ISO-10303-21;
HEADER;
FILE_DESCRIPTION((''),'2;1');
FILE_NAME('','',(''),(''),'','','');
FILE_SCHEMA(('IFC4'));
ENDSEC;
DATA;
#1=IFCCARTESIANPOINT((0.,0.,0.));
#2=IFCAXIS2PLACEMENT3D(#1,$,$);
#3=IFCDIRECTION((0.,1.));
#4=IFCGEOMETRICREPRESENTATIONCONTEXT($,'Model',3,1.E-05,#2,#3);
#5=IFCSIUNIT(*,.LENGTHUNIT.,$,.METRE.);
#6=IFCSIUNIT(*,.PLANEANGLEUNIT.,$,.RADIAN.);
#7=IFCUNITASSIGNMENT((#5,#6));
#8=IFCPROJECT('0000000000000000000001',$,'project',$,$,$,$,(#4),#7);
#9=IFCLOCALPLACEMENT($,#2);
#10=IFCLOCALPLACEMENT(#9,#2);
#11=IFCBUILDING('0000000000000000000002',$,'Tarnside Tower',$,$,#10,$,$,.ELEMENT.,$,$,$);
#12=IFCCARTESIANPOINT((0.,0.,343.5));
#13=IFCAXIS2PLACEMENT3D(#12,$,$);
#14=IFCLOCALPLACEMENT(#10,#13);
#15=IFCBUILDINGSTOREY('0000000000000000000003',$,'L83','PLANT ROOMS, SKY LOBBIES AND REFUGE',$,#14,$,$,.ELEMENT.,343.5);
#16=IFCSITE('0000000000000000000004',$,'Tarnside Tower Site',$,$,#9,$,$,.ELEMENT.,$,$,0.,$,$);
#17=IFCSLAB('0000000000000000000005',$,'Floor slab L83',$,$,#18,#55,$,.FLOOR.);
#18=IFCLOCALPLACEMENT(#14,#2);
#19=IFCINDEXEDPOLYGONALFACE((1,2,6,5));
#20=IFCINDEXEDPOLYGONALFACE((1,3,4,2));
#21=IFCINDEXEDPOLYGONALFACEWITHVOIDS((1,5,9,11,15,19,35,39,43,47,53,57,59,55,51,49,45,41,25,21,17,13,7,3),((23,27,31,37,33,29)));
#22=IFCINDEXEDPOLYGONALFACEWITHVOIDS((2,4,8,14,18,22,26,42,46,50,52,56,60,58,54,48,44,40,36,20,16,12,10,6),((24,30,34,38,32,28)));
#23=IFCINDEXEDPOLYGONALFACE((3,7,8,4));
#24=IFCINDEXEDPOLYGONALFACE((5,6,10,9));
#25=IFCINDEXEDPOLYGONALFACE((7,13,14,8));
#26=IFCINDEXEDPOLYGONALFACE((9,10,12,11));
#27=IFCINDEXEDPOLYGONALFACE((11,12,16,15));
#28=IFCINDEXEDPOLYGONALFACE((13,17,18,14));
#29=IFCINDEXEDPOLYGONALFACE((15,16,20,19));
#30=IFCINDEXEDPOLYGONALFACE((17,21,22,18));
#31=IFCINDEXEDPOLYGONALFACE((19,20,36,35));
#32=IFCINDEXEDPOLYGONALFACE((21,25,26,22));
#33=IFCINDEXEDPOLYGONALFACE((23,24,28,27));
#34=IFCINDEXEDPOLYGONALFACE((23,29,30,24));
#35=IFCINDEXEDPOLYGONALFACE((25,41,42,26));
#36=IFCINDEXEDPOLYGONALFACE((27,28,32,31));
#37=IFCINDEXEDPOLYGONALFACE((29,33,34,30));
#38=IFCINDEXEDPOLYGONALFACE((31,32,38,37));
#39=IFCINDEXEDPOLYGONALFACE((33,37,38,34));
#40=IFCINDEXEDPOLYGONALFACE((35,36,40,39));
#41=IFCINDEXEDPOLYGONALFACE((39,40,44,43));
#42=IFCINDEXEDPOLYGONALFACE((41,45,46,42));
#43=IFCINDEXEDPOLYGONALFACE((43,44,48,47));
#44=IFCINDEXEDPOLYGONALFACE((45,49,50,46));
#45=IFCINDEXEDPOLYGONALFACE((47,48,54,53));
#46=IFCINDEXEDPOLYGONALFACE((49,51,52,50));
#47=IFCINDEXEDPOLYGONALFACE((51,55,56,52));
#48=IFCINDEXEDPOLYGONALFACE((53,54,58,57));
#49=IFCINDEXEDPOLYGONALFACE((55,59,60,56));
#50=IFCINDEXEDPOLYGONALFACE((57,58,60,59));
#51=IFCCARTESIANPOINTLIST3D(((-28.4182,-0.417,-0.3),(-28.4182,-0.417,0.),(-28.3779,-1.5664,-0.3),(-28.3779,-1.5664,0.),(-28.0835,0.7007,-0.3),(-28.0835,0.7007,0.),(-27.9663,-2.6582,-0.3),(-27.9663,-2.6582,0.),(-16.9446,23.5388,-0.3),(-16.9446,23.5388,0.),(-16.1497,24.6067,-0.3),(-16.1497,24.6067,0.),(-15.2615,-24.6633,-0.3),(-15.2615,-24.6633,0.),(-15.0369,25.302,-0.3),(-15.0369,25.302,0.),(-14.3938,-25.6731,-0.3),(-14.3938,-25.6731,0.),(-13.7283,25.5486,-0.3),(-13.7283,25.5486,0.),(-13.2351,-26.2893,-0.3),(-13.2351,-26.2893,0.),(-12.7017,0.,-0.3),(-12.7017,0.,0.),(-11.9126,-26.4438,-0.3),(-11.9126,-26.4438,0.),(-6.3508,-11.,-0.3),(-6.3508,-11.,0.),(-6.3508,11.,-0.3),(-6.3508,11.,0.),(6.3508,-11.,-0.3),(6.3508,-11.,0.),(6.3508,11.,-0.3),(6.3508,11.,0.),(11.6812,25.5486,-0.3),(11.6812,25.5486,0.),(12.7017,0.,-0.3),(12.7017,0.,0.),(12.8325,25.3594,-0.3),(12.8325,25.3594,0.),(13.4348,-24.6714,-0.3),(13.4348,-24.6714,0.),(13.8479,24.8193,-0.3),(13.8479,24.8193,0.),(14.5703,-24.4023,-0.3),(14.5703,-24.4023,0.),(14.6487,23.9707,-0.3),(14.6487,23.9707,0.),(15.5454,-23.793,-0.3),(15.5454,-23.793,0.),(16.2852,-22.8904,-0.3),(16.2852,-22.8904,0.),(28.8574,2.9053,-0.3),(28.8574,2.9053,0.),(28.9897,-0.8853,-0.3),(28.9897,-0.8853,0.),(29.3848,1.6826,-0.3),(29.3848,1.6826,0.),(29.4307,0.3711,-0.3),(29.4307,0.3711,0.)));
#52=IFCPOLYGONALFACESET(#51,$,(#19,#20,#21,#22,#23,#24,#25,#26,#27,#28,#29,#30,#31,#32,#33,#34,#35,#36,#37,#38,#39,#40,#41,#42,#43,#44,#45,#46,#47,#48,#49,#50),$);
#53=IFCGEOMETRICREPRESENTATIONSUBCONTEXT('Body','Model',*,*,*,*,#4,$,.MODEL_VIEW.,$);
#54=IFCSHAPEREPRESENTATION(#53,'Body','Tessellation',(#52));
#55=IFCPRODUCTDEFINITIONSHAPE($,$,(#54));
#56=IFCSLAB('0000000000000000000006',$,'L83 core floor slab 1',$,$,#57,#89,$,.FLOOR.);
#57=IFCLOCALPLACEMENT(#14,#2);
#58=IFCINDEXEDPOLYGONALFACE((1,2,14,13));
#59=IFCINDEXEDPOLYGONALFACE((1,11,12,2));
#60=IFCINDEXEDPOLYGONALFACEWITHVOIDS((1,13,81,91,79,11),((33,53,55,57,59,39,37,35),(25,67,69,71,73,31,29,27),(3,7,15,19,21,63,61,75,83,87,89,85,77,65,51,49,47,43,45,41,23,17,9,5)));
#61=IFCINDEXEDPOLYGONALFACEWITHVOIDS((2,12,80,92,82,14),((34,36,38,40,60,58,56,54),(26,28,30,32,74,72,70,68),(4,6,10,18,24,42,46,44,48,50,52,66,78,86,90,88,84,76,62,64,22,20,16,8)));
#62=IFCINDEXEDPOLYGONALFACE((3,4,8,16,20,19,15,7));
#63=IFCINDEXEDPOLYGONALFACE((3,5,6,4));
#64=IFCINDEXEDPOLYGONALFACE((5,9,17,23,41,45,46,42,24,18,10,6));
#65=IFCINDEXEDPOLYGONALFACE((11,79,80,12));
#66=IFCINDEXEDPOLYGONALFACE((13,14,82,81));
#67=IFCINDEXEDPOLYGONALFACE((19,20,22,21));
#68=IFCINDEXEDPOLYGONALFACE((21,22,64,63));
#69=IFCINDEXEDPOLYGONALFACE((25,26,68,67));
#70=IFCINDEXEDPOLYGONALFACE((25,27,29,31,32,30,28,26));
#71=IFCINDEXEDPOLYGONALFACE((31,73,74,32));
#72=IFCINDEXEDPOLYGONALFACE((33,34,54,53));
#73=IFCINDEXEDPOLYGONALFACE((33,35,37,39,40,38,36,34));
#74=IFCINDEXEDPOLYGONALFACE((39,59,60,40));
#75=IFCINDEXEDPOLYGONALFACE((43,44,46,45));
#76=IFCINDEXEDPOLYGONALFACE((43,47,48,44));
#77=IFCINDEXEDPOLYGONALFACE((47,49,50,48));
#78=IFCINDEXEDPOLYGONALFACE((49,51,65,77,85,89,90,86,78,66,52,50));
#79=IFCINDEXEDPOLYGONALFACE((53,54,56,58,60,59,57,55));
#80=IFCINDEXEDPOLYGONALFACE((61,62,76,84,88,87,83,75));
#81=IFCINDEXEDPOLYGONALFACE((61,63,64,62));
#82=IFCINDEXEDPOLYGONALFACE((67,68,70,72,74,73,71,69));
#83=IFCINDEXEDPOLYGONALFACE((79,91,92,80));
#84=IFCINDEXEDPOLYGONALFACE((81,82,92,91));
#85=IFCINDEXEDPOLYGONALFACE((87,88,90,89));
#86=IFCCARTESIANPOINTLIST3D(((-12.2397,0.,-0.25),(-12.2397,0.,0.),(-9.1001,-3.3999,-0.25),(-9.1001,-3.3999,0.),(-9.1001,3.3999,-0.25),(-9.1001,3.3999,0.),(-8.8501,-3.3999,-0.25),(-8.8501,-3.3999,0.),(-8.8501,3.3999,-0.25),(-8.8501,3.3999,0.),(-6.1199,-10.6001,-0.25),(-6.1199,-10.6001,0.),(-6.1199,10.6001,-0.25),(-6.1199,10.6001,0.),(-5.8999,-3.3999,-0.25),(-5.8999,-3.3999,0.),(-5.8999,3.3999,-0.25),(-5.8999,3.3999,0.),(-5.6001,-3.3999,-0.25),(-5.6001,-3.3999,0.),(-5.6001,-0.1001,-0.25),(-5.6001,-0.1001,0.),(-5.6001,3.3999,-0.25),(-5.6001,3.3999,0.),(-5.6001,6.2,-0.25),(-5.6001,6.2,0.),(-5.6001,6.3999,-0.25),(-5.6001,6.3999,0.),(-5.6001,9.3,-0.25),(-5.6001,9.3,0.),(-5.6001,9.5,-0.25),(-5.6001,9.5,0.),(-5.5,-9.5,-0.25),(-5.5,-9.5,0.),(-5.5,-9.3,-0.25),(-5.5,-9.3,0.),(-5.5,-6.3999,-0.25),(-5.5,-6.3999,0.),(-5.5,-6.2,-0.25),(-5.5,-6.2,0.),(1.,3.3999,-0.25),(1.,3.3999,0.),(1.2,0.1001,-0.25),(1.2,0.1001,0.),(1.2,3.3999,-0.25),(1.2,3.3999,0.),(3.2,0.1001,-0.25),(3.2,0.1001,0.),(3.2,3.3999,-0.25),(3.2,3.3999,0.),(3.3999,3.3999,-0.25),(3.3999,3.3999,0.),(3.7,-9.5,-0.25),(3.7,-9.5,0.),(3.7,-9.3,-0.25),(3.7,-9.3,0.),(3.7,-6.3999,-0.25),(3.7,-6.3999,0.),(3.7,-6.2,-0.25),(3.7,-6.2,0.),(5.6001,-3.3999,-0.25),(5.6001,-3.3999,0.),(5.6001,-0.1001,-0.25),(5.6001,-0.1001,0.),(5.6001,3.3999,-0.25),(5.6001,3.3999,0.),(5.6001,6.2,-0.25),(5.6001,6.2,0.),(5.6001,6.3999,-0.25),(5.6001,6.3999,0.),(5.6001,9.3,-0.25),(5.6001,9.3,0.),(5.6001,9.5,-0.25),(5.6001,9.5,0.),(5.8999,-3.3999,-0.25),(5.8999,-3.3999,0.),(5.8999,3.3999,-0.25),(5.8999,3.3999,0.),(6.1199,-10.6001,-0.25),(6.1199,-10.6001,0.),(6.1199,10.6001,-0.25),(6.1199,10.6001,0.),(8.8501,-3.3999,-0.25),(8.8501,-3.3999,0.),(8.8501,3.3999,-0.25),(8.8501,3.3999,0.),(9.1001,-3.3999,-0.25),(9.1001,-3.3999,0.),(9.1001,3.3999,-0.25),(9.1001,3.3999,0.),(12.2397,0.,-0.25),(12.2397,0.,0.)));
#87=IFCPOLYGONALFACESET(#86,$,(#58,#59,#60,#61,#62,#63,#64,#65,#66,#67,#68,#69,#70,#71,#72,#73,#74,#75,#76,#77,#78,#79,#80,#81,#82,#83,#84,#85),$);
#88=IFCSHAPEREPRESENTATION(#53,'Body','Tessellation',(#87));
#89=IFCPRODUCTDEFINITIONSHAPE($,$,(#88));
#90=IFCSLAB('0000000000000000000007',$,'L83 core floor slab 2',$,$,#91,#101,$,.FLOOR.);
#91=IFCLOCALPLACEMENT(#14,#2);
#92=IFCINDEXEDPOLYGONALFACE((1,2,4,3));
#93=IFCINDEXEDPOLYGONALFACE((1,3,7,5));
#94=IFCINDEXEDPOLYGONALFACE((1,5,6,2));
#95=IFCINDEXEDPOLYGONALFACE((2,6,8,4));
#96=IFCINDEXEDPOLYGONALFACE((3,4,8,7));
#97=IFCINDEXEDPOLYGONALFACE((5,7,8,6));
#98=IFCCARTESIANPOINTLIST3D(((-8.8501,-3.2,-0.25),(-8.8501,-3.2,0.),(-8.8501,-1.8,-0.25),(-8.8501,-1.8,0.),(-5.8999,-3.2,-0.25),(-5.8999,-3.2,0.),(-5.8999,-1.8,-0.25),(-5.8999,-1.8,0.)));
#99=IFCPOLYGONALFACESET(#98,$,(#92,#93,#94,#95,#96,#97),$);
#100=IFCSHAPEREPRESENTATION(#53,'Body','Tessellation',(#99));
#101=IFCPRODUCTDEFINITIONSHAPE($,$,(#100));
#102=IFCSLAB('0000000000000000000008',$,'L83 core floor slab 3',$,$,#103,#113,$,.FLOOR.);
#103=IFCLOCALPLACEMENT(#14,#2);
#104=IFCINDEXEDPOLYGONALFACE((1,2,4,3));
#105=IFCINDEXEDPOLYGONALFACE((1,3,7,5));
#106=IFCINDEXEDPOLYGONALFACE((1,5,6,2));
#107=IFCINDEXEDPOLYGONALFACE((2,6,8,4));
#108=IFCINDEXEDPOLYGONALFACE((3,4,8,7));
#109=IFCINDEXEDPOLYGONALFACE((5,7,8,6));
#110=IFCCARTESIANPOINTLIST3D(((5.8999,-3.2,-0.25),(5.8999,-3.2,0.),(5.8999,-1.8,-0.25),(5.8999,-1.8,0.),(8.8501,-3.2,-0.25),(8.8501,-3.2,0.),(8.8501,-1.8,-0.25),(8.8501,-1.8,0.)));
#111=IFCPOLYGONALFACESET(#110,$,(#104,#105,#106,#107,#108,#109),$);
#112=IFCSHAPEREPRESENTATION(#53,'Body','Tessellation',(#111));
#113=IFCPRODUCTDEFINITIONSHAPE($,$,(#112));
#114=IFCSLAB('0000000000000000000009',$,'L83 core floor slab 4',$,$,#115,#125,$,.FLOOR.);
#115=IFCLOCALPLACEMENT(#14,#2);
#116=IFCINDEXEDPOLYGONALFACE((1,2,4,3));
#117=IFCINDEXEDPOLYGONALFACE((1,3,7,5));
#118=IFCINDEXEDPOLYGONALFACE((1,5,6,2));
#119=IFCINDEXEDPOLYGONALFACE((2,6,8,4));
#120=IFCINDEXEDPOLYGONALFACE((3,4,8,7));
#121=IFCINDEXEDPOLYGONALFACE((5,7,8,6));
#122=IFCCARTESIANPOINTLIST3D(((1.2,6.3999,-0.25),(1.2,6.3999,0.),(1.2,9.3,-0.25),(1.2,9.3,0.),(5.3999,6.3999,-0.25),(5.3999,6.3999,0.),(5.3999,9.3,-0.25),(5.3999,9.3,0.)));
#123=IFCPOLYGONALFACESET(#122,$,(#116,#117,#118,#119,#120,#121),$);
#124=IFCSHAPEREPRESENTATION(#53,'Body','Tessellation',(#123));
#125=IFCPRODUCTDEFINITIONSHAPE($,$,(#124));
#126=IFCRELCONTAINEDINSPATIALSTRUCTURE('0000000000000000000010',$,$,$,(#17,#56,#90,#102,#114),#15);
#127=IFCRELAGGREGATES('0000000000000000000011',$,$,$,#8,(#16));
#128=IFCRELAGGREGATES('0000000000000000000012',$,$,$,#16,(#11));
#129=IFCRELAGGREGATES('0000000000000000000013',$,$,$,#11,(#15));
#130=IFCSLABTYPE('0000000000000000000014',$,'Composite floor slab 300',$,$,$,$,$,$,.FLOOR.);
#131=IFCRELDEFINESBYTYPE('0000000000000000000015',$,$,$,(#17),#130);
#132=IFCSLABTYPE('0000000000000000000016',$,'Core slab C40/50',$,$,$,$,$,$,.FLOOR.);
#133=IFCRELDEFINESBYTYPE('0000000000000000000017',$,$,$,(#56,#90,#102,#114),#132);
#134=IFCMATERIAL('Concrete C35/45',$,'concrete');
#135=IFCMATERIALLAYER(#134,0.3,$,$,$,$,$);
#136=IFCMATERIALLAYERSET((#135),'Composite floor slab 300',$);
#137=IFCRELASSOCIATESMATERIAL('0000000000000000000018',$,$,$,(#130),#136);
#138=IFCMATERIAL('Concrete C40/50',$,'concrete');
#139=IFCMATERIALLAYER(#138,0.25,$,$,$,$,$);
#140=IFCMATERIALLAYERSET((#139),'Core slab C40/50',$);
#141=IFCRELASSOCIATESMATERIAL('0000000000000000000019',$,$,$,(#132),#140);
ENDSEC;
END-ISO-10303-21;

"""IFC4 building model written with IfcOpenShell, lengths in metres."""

from ifc_helpers import new_model, si_unit, direction, frame, origin, place, context, subcontext, project, spatial, polyline, outline, extrude, material, layer, layer_set, type_object, element, save


model = new_model("IFC4")

# Units and contexts
model_context = context("Model", 3, precision=1e-05, world=origin(), true_north=direction((0.0, 1.0)))
body_context = subcontext(model_context, "Body", "Model", "MODEL_VIEW")
ifc_project = project(units=[si_unit("LENGTHUNIT", "METRE"), si_unit("PLANEANGLEUNIT", "RADIAN")], contexts=[model_context])

# Site, building, storey
site_placement = place(None, origin())
site = spatial("IfcSite", under=ifc_project, at=site_placement, Name="Tarnside Tower Site", CompositionType="ELEMENT", RefElevation=0.0)
building_placement = place(site_placement, origin())
building = spatial("IfcBuilding", under=site, at=building_placement, Name="Tarnside Tower", CompositionType="ELEMENT")
storey_placement = place(building_placement, frame((0.0, 0.0, 343.5)))
storey = spatial("IfcBuildingStorey", under=building, at=storey_placement, Name="L83", Description="PLANT ROOMS, SKY LOBBIES AND REFUGE", CompositionType="ELEMENT", Elevation=343.5)

# Slabs
ifc_material_1 = material(Name="Concrete C35/45", Category="concrete")
ifc_layer_1 = layer(ifc_material_1, 0.3)
ifc_layer_set_1 = layer_set([ifc_layer_1], Name="Composite floor slab 300")
slab_type_1 = type_object("IfcSlabType", Name="Composite floor slab 300", PredefinedType="FLOOR", material=ifc_layer_set_1)
slab_1_placement = place(storey_placement, frame((0.0, 0.0, -0.3)))
element("IfcSlab", 1, at=slab_1_placement, inside=storey, type_object=slab_type_1, Name="Floor slab L83", PredefinedType="FLOOR", context=body_context, shape_type="SweptSolid", body=[
    extrude(outline(polyline([(12.8325, 25.3594), (13.8479, 24.8193), (14.6487, 23.9707), (28.8574, 2.9053), (29.3848, 1.6826), (29.4307, 0.3711), (28.9897, -0.8853), (16.2852, -22.8904), (15.5454, -23.793), (14.5703, -24.4023), (13.4348, -24.6714), (-11.9126, -26.4438), (-13.2351, -26.2893), (-14.3938, -25.6731), (-15.2615, -24.6633), (-27.9663, -2.6582), (-28.3779, -1.5664), (-28.4182, -0.417), (-28.0835, 0.7007), (-16.9446, 23.5388), (-16.1497, 24.6067), (-15.0369, 25.302), (-13.7283, 25.5486), (11.6812, 25.5486), (12.8325, 25.3594)]), holes=[polyline([(-12.7017, 0.0), (-6.3508, -11.0), (6.3508, -11.0), (12.7017, 0.0), (6.3508, 11.0), (-6.3508, 11.0), (-12.7017, 0.0)])]), origin(), (0.0, 0.0, 1.0), 0.3),
])
ifc_material_2 = material(Name="Concrete C40/50", Category="concrete")
ifc_layer_2 = layer(ifc_material_2, 0.25)
ifc_layer_set_2 = layer_set([ifc_layer_2], Name="Core slab C40/50")
slab_type_2 = type_object("IfcSlabType", Name="Core slab C40/50", PredefinedType="FLOOR", material=ifc_layer_set_2)
slab_2_placement = place(storey_placement, frame((0.0, 0.0, -0.25)))
element("IfcSlab", 2, at=slab_2_placement, inside=storey, type_object=slab_type_2, Name="L83 core floor slab 1", PredefinedType="FLOOR", context=body_context, shape_type="SweptSolid", body=[
    extrude(outline(polyline([(6.1199, 10.6001), (12.2397, 0.0), (6.1199, -10.6001), (-6.1199, -10.6001), (-12.2397, 0.0), (-6.1199, 10.6001), (6.1199, 10.6001)]), holes=[polyline([(-5.5, -9.5), (3.7, -9.5), (3.7, -9.3), (3.7, -6.3999), (3.7, -6.2), (-5.5, -6.2), (-5.5, -6.3999), (-5.5, -9.3), (-5.5, -9.5)]), polyline([(-5.6001, -3.3999), (-5.6001, -0.1001), (5.6001, -0.1001), (5.6001, -3.3999), (5.8999, -3.3999), (8.8501, -3.3999), (9.1001, -3.3999), (9.1001, 3.3999), (8.8501, 3.3999), (5.8999, 3.3999), (5.6001, 3.3999), (3.3999, 3.3999), (3.2, 3.3999), (3.2, 0.1001), (1.2, 0.1001), (1.2, 3.3999), (1.0, 3.3999), (-5.6001, 3.3999), (-5.8999, 3.3999), (-8.8501, 3.3999), (-9.1001, 3.3999), (-9.1001, -3.3999), (-8.8501, -3.3999), (-5.8999, -3.3999), (-5.6001, -3.3999)]), polyline([(-5.6001, 6.2), (5.6001, 6.2), (5.6001, 6.3999), (5.6001, 9.3), (5.6001, 9.5), (-5.6001, 9.5), (-5.6001, 9.3), (-5.6001, 6.3999), (-5.6001, 6.2)])]), origin(), (0.0, 0.0, 1.0), 0.25),
])
slab_3_placement = place(storey_placement, frame((0.0, 0.0, -0.25)))
element("IfcSlab", 3, at=slab_3_placement, inside=storey, type_object=slab_type_2, Name="L83 core floor slab 2", PredefinedType="FLOOR", context=body_context, shape_type="SweptSolid", body=[
    extrude(outline(polyline([(-8.8501, -3.2), (-8.8501, -1.8), (-5.8999, -1.8), (-5.8999, -3.2), (-8.8501, -3.2)])), origin(), (0.0, 0.0, 1.0), 0.25),
])
slab_4_placement = place(storey_placement, frame((0.0, 0.0, -0.25)))
element("IfcSlab", 4, at=slab_4_placement, inside=storey, type_object=slab_type_2, Name="L83 core floor slab 3", PredefinedType="FLOOR", context=body_context, shape_type="SweptSolid", body=[
    extrude(outline(polyline([(5.8999, -1.8), (8.8501, -1.8), (8.8501, -3.2), (5.8999, -3.2), (5.8999, -1.8)])), origin(), (0.0, 0.0, 1.0), 0.25),
])
slab_5_placement = place(storey_placement, frame((0.0, 0.0, -0.25)))
element("IfcSlab", 5, at=slab_5_placement, inside=storey, type_object=slab_type_2, Name="L83 core floor slab 4", PredefinedType="FLOOR", context=body_context, shape_type="SweptSolid", body=[
    extrude(outline(polyline([(5.3999, 6.3999), (1.2, 6.3999), (1.2, 9.3), (5.3999, 9.3), (5.3999, 6.3999)])), origin(), (0.0, 0.0, 1.0), 0.25),
])

save(model, "model.ifc")
